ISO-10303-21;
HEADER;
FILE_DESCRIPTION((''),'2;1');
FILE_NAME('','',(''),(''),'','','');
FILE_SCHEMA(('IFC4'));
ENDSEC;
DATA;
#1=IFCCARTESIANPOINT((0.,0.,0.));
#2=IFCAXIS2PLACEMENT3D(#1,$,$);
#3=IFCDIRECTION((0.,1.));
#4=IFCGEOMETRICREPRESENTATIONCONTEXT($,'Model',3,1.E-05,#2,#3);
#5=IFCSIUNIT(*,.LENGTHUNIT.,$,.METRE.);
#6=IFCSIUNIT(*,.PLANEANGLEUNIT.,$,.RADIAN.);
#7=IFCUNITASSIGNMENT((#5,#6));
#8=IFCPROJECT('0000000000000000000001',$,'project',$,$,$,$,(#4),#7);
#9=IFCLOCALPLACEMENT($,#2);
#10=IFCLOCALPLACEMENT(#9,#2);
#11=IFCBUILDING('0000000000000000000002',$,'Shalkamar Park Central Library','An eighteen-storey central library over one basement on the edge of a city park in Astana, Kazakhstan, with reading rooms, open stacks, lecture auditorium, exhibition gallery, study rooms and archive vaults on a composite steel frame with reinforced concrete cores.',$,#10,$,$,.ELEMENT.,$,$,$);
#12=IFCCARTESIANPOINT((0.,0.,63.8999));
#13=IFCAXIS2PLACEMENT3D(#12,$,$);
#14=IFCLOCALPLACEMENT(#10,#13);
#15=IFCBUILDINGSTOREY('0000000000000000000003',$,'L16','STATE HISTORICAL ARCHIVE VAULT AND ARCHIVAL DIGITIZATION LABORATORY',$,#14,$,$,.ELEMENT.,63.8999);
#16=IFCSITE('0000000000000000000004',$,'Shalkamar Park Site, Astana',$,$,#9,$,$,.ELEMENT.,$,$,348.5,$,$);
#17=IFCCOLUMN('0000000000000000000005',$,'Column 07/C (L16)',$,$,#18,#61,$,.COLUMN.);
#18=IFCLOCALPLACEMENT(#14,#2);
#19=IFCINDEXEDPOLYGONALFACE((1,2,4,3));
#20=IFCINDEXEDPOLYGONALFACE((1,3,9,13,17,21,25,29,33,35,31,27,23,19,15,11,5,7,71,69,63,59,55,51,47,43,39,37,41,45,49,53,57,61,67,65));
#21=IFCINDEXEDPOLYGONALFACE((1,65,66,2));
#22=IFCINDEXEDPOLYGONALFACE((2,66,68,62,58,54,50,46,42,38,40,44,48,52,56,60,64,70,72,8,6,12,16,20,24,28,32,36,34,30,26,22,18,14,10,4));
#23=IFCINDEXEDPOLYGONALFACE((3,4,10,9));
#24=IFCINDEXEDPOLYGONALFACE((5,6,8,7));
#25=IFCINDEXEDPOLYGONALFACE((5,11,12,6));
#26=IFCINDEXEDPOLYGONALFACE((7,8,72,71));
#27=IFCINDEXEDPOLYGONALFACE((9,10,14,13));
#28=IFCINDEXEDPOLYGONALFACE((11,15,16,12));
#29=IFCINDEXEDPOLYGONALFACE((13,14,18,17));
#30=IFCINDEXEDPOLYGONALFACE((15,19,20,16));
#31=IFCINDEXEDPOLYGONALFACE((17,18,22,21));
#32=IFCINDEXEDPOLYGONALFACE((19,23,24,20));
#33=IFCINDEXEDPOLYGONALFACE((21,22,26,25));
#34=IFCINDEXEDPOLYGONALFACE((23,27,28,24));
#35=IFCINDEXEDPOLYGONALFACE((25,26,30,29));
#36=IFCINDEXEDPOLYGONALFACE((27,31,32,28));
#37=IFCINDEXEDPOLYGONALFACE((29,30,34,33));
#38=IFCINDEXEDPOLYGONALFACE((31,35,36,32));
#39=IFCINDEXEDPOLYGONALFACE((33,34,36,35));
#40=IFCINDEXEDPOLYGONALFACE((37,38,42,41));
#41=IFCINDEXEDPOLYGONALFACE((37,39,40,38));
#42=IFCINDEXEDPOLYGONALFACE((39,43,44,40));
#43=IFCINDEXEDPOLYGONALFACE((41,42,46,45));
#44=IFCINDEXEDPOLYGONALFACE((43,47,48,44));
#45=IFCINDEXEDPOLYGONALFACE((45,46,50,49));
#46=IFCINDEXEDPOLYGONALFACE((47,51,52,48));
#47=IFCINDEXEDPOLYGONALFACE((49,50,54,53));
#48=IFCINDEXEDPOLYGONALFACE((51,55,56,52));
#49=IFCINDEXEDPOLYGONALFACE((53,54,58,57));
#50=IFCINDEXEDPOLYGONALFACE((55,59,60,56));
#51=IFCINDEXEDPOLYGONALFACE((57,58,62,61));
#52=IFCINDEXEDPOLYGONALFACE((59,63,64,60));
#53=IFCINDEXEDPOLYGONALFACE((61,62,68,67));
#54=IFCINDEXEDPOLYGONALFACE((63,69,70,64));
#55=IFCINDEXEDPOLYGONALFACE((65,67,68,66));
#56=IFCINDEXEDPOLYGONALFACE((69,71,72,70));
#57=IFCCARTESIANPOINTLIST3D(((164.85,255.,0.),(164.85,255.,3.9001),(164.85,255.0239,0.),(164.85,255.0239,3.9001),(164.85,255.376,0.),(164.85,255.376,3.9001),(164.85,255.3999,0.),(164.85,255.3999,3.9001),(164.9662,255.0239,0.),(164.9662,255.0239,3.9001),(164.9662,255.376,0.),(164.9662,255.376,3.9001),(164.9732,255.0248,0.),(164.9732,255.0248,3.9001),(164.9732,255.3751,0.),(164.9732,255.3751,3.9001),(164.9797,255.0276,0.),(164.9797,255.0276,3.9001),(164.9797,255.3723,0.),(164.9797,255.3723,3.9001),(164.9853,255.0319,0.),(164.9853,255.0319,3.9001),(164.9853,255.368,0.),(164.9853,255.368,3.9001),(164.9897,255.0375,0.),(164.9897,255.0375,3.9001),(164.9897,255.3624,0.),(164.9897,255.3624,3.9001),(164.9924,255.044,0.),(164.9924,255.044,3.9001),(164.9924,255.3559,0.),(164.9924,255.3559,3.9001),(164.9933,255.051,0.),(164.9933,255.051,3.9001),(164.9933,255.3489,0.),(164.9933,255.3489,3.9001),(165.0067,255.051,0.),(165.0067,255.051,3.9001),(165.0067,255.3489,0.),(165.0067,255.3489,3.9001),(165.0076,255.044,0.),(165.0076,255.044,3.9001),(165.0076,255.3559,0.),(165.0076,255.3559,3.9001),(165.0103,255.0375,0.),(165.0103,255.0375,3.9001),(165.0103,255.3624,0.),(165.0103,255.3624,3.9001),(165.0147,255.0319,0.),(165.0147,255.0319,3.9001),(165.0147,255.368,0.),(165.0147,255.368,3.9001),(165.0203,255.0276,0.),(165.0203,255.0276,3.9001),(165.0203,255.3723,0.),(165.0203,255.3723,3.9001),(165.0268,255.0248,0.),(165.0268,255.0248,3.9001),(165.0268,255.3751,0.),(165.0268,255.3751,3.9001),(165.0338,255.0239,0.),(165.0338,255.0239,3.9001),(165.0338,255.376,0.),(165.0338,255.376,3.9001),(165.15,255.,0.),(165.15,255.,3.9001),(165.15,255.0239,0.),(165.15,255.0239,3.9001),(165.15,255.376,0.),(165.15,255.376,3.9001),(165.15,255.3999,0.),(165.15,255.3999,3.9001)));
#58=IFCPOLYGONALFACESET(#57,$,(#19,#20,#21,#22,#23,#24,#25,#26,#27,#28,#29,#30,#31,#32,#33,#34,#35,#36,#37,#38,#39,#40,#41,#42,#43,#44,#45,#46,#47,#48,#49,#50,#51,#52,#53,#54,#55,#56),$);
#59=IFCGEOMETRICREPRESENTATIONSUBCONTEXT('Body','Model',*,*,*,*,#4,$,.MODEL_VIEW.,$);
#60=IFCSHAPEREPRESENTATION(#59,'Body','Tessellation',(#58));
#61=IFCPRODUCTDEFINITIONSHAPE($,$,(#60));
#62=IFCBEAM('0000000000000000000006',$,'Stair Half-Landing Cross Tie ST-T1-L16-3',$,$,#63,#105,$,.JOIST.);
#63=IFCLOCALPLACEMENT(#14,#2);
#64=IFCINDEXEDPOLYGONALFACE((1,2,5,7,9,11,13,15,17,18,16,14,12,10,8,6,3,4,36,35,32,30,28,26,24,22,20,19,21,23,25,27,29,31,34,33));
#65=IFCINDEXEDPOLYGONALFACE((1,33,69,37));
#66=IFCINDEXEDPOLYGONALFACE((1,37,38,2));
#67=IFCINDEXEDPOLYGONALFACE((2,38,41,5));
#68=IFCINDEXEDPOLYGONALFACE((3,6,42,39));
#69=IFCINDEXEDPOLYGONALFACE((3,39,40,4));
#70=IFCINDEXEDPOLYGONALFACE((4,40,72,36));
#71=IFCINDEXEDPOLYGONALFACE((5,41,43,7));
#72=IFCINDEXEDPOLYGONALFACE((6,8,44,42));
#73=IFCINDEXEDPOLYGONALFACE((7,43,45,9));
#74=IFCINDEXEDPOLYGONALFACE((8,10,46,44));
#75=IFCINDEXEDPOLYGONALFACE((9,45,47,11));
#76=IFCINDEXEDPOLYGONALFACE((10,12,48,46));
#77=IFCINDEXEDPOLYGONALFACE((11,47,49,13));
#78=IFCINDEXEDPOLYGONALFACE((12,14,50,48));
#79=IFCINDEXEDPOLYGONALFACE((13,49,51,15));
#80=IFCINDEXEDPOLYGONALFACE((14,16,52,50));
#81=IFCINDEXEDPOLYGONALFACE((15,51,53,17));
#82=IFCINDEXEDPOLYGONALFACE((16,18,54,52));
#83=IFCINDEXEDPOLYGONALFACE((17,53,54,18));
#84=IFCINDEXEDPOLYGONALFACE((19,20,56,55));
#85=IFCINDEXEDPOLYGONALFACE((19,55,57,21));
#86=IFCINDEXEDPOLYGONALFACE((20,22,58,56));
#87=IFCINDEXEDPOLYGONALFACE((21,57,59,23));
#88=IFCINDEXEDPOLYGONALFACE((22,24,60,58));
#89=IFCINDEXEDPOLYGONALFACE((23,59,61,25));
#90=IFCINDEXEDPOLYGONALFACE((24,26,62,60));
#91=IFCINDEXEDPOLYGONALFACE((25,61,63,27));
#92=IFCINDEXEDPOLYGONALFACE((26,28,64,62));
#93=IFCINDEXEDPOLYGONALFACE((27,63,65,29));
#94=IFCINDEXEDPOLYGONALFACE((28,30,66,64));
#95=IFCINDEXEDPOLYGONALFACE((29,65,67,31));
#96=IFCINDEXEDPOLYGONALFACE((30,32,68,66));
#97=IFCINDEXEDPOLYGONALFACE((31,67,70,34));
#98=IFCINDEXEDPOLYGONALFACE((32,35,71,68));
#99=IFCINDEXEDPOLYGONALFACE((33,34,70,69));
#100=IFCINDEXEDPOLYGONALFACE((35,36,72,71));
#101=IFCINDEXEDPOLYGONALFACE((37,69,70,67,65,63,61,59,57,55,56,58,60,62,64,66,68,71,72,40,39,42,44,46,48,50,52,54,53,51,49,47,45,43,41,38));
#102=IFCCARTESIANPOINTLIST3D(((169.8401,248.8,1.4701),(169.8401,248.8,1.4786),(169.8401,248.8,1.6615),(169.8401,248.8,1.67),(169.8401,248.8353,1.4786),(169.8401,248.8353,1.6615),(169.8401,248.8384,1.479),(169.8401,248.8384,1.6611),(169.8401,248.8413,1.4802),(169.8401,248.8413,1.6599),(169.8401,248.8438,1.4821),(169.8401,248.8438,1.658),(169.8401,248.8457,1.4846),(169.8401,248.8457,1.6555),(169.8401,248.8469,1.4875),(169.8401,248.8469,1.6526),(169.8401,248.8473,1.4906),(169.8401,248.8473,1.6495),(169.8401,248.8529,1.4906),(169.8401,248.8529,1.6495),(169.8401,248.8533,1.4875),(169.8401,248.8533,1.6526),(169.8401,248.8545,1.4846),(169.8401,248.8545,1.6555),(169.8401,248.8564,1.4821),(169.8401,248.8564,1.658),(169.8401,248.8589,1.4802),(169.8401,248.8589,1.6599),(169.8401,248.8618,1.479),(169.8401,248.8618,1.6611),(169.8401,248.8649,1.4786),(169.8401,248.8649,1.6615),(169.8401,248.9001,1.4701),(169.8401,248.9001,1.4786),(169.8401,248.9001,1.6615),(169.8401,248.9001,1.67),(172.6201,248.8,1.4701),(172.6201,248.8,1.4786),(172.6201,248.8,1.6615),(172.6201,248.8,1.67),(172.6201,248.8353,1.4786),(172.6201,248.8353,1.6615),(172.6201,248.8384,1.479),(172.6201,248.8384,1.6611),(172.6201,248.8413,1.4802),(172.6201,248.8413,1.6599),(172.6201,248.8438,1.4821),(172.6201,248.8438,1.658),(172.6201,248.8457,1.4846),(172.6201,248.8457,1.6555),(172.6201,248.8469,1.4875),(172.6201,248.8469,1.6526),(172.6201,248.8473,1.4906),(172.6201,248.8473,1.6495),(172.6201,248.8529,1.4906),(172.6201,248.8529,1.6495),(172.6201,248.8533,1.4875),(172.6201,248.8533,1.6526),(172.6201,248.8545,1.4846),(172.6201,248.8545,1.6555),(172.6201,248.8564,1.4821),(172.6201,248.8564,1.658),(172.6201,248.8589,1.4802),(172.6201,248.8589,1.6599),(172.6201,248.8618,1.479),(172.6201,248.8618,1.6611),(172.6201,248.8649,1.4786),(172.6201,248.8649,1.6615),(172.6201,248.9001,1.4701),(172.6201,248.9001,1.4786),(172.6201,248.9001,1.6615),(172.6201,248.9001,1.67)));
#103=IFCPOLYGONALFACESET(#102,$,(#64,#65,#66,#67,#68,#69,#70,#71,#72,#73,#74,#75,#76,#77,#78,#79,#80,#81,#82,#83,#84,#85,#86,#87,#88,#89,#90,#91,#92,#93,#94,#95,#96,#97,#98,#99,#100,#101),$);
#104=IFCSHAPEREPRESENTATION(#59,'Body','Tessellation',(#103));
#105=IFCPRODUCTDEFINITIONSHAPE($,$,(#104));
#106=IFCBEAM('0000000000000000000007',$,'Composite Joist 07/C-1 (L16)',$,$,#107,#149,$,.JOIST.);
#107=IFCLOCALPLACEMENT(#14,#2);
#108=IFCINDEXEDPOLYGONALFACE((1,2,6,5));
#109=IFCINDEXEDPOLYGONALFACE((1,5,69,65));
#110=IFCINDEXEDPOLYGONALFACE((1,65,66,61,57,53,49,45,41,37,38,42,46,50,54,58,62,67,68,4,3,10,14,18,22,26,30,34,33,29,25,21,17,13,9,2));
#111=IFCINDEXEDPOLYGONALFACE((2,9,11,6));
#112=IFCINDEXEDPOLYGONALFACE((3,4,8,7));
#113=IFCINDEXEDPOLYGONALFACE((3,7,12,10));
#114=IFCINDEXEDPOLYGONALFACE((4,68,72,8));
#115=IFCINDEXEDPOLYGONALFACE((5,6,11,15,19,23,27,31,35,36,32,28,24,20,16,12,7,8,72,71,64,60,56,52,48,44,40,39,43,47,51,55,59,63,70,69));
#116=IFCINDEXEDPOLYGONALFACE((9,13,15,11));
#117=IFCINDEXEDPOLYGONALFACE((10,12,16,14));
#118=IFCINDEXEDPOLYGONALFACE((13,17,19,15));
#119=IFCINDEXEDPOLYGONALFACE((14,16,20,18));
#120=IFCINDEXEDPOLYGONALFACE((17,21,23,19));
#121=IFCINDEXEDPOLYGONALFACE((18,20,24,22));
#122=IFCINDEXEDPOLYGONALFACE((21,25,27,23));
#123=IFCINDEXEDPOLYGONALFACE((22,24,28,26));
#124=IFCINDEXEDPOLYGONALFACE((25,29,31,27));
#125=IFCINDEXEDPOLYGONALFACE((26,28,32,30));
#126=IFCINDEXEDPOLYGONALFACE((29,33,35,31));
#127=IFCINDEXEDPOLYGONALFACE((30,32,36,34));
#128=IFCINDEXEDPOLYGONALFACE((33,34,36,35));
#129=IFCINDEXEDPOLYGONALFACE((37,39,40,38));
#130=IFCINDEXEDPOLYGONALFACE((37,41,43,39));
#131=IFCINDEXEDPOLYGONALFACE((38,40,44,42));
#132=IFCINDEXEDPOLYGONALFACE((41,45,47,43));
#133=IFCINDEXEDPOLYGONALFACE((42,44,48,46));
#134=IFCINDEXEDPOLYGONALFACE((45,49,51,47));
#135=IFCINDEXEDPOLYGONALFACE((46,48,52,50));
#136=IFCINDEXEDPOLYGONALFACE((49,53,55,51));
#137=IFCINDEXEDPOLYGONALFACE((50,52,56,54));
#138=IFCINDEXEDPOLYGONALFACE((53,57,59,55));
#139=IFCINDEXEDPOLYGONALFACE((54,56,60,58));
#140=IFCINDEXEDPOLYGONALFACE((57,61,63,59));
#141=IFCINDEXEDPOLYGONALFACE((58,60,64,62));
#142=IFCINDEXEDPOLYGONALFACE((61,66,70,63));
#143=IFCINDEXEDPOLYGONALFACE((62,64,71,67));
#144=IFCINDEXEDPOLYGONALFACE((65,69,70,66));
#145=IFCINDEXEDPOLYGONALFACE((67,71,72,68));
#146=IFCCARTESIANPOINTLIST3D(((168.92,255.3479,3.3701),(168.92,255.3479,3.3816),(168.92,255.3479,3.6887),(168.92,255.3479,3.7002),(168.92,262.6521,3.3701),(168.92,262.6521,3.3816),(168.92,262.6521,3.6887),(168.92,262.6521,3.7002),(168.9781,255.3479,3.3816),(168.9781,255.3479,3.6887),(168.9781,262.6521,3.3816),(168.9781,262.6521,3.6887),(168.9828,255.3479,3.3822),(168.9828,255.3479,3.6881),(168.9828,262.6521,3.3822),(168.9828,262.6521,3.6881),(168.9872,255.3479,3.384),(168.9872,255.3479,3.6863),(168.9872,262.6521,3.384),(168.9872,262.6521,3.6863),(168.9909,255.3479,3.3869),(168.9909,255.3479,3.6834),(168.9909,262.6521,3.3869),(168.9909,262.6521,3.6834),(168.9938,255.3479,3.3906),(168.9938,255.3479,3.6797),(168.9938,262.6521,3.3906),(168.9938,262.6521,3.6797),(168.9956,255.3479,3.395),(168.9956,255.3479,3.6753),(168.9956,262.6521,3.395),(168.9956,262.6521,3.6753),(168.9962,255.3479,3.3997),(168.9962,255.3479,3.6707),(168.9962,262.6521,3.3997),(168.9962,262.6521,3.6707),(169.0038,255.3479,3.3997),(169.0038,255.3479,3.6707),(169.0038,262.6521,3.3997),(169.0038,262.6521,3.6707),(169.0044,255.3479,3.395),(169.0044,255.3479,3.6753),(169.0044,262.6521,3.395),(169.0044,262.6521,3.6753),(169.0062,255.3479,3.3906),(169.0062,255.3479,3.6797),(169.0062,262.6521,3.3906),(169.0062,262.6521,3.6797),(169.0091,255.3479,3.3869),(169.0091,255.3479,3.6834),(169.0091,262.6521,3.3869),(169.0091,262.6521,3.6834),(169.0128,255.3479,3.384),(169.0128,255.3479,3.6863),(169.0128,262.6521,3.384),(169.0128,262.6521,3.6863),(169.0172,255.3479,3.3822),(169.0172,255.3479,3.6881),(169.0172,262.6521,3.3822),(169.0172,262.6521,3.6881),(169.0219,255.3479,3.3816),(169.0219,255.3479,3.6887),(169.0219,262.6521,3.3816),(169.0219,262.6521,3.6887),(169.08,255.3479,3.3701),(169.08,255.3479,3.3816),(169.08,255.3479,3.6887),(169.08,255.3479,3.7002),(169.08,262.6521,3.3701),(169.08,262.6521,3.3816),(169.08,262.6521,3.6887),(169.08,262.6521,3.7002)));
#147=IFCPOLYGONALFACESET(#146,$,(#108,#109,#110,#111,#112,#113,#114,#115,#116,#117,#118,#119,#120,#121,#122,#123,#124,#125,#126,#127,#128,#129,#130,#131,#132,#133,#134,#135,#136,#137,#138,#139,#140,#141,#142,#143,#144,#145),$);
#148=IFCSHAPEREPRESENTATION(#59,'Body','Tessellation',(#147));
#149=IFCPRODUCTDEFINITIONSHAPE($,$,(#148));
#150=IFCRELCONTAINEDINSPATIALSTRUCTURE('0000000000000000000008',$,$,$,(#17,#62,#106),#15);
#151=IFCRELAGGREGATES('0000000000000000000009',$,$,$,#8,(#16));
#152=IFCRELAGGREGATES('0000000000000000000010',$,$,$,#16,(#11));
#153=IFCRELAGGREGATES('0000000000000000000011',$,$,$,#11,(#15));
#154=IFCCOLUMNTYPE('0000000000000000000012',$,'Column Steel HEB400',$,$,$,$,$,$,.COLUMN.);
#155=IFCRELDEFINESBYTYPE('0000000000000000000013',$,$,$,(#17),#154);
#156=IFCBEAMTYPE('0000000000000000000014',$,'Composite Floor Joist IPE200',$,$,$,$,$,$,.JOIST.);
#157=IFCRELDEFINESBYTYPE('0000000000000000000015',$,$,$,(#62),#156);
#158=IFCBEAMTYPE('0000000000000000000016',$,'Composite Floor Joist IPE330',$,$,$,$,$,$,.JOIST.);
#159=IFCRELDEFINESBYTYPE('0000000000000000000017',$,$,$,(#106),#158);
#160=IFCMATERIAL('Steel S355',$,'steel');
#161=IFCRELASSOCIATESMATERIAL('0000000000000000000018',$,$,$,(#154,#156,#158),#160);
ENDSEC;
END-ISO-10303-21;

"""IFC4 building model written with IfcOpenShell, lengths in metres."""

from ifc_helpers import new_model, si_unit, direction, frame, origin, origin_2d, place, context, subcontext, project, spatial, i_section, extrude, material, material_profile, profile_set, type_object, element, save


model = new_model("IFC4")

# Units and contexts
model_context = context("Model", 3, precision=1e-05, world=origin(), true_north=direction((0.0, 1.0)))
body_context = subcontext(model_context, "Body", "Model", "MODEL_VIEW")
ifc_project = project(units=[si_unit("LENGTHUNIT", "METRE"), si_unit("PLANEANGLEUNIT", "RADIAN")], contexts=[model_context])

# Site, building, storey
site_placement = place(None, origin())
site = spatial("IfcSite", under=ifc_project, at=site_placement, Name="Shalkamar Park Site, Astana", CompositionType="ELEMENT", RefElevation=348.5)
building_placement = place(site_placement, origin())
building = spatial("IfcBuilding", under=site, at=building_placement, Name="Shalkamar Park Central Library", Description="An eighteen-storey central library over one basement on the edge of a city park in Astana, Kazakhstan, with reading rooms, open stacks, lecture auditorium, exhibition gallery, study rooms and archive vaults on a composite steel frame with reinforced concrete cores.", CompositionType="ELEMENT")
storey_placement = place(building_placement, frame((0.0, 0.0, 63.8999)))
storey = spatial("IfcBuildingStorey", under=building, at=storey_placement, Name="L16", Description="STATE HISTORICAL ARCHIVE VAULT AND ARCHIVAL DIGITIZATION LABORATORY", CompositionType="ELEMENT", Elevation=63.8999)

# Column
ifc_material_1 = material(Name="Steel S355", Category="steel")
ifc_material_profile_1 = material_profile(ifc_material_1, i_section(OverallWidth=0.3, OverallDepth=0.3999, WebThickness=0.0134, FlangeThickness=0.0239, FilletRadius=0.0271, at=origin_2d()), Name="HEB 400")
ifc_profile_set_1 = profile_set([ifc_material_profile_1], Name="Steel S355")
column_type = type_object("IfcColumnType", Name="Column Steel HEB400", PredefinedType="COLUMN", material=ifc_profile_set_1)
column_placement = place(storey_placement, frame((165.0, 255.2, 0.0), z_axis=(0.0, 0.0, 1.0), x_axis=(1.0, 0.0, 0.0)))
element("IfcColumn", 1, at=column_placement, inside=storey, type_object=column_type, Name="Column 07/C (L16)", PredefinedType="COLUMN", context=body_context, shape_type="SweptSolid", body=[
    extrude(i_section(OverallWidth=0.3, OverallDepth=0.3999, WebThickness=0.0134, FlangeThickness=0.0239, FilletRadius=0.0271, at=origin_2d()), origin(), (0.0, 0.0, 1.0), 3.9001),
])

# Beams
ifc_material_profile_2 = material_profile(ifc_material_1, i_section(OverallWidth=0.1001, OverallDepth=0.2, WebThickness=0.0056, FlangeThickness=0.0085, FilletRadius=0.012, at=origin_2d()), Name="IPE 200")
ifc_profile_set_2 = profile_set([ifc_material_profile_2], Name="Steel S355")
beam_type_1 = type_object("IfcBeamType", Name="Composite Floor Joist IPE200", PredefinedType="JOIST", material=ifc_profile_set_2)
beam_1_placement = place(storey_placement, frame((169.8401, 248.8501, 1.5701), z_axis=(1.0, 0.0, 0.0), x_axis=(0.0, 1.0, 0.0)))
element("IfcBeam", 2, at=beam_1_placement, inside=storey, type_object=beam_type_1, Name="Stair Half-Landing Cross Tie ST-T1-L16-3", PredefinedType="JOIST", context=body_context, shape_type="SweptSolid", body=[
    extrude(i_section(OverallWidth=0.1001, OverallDepth=0.2, WebThickness=0.0056, FlangeThickness=0.0085, FilletRadius=0.012, at=origin_2d()), origin(), (0.0, 0.0, 1.0), 2.78),
])
ifc_material_profile_3 = material_profile(ifc_material_1, i_section(OverallWidth=0.1599, OverallDepth=0.3301, WebThickness=0.0076, FlangeThickness=0.0115, FilletRadius=0.0181, at=origin_2d()), Name="IPE 330")
ifc_profile_set_3 = profile_set([ifc_material_profile_3], Name="Steel S355")
beam_type_2 = type_object("IfcBeamType", Name="Composite Floor Joist IPE330", PredefinedType="JOIST", material=ifc_profile_set_3)
beam_2_placement = place(storey_placement, frame((169.0, 255.3479, 3.5352), z_axis=(0.0, 1.0, 0.0), x_axis=(-1.0, 0.0, 0.0)))
element("IfcBeam", 3, at=beam_2_placement, inside=storey, type_object=beam_type_2, Name="Composite Joist 07/C-1 (L16)", PredefinedType="JOIST", context=body_context, shape_type="SweptSolid", body=[
    extrude(i_section(OverallWidth=0.1599, OverallDepth=0.3301, WebThickness=0.0076, FlangeThickness=0.0115, FilletRadius=0.0181, at=origin_2d()), origin(), (0.0, 0.0, 1.0), 7.3042),
])

save(model, "model.ifc")
